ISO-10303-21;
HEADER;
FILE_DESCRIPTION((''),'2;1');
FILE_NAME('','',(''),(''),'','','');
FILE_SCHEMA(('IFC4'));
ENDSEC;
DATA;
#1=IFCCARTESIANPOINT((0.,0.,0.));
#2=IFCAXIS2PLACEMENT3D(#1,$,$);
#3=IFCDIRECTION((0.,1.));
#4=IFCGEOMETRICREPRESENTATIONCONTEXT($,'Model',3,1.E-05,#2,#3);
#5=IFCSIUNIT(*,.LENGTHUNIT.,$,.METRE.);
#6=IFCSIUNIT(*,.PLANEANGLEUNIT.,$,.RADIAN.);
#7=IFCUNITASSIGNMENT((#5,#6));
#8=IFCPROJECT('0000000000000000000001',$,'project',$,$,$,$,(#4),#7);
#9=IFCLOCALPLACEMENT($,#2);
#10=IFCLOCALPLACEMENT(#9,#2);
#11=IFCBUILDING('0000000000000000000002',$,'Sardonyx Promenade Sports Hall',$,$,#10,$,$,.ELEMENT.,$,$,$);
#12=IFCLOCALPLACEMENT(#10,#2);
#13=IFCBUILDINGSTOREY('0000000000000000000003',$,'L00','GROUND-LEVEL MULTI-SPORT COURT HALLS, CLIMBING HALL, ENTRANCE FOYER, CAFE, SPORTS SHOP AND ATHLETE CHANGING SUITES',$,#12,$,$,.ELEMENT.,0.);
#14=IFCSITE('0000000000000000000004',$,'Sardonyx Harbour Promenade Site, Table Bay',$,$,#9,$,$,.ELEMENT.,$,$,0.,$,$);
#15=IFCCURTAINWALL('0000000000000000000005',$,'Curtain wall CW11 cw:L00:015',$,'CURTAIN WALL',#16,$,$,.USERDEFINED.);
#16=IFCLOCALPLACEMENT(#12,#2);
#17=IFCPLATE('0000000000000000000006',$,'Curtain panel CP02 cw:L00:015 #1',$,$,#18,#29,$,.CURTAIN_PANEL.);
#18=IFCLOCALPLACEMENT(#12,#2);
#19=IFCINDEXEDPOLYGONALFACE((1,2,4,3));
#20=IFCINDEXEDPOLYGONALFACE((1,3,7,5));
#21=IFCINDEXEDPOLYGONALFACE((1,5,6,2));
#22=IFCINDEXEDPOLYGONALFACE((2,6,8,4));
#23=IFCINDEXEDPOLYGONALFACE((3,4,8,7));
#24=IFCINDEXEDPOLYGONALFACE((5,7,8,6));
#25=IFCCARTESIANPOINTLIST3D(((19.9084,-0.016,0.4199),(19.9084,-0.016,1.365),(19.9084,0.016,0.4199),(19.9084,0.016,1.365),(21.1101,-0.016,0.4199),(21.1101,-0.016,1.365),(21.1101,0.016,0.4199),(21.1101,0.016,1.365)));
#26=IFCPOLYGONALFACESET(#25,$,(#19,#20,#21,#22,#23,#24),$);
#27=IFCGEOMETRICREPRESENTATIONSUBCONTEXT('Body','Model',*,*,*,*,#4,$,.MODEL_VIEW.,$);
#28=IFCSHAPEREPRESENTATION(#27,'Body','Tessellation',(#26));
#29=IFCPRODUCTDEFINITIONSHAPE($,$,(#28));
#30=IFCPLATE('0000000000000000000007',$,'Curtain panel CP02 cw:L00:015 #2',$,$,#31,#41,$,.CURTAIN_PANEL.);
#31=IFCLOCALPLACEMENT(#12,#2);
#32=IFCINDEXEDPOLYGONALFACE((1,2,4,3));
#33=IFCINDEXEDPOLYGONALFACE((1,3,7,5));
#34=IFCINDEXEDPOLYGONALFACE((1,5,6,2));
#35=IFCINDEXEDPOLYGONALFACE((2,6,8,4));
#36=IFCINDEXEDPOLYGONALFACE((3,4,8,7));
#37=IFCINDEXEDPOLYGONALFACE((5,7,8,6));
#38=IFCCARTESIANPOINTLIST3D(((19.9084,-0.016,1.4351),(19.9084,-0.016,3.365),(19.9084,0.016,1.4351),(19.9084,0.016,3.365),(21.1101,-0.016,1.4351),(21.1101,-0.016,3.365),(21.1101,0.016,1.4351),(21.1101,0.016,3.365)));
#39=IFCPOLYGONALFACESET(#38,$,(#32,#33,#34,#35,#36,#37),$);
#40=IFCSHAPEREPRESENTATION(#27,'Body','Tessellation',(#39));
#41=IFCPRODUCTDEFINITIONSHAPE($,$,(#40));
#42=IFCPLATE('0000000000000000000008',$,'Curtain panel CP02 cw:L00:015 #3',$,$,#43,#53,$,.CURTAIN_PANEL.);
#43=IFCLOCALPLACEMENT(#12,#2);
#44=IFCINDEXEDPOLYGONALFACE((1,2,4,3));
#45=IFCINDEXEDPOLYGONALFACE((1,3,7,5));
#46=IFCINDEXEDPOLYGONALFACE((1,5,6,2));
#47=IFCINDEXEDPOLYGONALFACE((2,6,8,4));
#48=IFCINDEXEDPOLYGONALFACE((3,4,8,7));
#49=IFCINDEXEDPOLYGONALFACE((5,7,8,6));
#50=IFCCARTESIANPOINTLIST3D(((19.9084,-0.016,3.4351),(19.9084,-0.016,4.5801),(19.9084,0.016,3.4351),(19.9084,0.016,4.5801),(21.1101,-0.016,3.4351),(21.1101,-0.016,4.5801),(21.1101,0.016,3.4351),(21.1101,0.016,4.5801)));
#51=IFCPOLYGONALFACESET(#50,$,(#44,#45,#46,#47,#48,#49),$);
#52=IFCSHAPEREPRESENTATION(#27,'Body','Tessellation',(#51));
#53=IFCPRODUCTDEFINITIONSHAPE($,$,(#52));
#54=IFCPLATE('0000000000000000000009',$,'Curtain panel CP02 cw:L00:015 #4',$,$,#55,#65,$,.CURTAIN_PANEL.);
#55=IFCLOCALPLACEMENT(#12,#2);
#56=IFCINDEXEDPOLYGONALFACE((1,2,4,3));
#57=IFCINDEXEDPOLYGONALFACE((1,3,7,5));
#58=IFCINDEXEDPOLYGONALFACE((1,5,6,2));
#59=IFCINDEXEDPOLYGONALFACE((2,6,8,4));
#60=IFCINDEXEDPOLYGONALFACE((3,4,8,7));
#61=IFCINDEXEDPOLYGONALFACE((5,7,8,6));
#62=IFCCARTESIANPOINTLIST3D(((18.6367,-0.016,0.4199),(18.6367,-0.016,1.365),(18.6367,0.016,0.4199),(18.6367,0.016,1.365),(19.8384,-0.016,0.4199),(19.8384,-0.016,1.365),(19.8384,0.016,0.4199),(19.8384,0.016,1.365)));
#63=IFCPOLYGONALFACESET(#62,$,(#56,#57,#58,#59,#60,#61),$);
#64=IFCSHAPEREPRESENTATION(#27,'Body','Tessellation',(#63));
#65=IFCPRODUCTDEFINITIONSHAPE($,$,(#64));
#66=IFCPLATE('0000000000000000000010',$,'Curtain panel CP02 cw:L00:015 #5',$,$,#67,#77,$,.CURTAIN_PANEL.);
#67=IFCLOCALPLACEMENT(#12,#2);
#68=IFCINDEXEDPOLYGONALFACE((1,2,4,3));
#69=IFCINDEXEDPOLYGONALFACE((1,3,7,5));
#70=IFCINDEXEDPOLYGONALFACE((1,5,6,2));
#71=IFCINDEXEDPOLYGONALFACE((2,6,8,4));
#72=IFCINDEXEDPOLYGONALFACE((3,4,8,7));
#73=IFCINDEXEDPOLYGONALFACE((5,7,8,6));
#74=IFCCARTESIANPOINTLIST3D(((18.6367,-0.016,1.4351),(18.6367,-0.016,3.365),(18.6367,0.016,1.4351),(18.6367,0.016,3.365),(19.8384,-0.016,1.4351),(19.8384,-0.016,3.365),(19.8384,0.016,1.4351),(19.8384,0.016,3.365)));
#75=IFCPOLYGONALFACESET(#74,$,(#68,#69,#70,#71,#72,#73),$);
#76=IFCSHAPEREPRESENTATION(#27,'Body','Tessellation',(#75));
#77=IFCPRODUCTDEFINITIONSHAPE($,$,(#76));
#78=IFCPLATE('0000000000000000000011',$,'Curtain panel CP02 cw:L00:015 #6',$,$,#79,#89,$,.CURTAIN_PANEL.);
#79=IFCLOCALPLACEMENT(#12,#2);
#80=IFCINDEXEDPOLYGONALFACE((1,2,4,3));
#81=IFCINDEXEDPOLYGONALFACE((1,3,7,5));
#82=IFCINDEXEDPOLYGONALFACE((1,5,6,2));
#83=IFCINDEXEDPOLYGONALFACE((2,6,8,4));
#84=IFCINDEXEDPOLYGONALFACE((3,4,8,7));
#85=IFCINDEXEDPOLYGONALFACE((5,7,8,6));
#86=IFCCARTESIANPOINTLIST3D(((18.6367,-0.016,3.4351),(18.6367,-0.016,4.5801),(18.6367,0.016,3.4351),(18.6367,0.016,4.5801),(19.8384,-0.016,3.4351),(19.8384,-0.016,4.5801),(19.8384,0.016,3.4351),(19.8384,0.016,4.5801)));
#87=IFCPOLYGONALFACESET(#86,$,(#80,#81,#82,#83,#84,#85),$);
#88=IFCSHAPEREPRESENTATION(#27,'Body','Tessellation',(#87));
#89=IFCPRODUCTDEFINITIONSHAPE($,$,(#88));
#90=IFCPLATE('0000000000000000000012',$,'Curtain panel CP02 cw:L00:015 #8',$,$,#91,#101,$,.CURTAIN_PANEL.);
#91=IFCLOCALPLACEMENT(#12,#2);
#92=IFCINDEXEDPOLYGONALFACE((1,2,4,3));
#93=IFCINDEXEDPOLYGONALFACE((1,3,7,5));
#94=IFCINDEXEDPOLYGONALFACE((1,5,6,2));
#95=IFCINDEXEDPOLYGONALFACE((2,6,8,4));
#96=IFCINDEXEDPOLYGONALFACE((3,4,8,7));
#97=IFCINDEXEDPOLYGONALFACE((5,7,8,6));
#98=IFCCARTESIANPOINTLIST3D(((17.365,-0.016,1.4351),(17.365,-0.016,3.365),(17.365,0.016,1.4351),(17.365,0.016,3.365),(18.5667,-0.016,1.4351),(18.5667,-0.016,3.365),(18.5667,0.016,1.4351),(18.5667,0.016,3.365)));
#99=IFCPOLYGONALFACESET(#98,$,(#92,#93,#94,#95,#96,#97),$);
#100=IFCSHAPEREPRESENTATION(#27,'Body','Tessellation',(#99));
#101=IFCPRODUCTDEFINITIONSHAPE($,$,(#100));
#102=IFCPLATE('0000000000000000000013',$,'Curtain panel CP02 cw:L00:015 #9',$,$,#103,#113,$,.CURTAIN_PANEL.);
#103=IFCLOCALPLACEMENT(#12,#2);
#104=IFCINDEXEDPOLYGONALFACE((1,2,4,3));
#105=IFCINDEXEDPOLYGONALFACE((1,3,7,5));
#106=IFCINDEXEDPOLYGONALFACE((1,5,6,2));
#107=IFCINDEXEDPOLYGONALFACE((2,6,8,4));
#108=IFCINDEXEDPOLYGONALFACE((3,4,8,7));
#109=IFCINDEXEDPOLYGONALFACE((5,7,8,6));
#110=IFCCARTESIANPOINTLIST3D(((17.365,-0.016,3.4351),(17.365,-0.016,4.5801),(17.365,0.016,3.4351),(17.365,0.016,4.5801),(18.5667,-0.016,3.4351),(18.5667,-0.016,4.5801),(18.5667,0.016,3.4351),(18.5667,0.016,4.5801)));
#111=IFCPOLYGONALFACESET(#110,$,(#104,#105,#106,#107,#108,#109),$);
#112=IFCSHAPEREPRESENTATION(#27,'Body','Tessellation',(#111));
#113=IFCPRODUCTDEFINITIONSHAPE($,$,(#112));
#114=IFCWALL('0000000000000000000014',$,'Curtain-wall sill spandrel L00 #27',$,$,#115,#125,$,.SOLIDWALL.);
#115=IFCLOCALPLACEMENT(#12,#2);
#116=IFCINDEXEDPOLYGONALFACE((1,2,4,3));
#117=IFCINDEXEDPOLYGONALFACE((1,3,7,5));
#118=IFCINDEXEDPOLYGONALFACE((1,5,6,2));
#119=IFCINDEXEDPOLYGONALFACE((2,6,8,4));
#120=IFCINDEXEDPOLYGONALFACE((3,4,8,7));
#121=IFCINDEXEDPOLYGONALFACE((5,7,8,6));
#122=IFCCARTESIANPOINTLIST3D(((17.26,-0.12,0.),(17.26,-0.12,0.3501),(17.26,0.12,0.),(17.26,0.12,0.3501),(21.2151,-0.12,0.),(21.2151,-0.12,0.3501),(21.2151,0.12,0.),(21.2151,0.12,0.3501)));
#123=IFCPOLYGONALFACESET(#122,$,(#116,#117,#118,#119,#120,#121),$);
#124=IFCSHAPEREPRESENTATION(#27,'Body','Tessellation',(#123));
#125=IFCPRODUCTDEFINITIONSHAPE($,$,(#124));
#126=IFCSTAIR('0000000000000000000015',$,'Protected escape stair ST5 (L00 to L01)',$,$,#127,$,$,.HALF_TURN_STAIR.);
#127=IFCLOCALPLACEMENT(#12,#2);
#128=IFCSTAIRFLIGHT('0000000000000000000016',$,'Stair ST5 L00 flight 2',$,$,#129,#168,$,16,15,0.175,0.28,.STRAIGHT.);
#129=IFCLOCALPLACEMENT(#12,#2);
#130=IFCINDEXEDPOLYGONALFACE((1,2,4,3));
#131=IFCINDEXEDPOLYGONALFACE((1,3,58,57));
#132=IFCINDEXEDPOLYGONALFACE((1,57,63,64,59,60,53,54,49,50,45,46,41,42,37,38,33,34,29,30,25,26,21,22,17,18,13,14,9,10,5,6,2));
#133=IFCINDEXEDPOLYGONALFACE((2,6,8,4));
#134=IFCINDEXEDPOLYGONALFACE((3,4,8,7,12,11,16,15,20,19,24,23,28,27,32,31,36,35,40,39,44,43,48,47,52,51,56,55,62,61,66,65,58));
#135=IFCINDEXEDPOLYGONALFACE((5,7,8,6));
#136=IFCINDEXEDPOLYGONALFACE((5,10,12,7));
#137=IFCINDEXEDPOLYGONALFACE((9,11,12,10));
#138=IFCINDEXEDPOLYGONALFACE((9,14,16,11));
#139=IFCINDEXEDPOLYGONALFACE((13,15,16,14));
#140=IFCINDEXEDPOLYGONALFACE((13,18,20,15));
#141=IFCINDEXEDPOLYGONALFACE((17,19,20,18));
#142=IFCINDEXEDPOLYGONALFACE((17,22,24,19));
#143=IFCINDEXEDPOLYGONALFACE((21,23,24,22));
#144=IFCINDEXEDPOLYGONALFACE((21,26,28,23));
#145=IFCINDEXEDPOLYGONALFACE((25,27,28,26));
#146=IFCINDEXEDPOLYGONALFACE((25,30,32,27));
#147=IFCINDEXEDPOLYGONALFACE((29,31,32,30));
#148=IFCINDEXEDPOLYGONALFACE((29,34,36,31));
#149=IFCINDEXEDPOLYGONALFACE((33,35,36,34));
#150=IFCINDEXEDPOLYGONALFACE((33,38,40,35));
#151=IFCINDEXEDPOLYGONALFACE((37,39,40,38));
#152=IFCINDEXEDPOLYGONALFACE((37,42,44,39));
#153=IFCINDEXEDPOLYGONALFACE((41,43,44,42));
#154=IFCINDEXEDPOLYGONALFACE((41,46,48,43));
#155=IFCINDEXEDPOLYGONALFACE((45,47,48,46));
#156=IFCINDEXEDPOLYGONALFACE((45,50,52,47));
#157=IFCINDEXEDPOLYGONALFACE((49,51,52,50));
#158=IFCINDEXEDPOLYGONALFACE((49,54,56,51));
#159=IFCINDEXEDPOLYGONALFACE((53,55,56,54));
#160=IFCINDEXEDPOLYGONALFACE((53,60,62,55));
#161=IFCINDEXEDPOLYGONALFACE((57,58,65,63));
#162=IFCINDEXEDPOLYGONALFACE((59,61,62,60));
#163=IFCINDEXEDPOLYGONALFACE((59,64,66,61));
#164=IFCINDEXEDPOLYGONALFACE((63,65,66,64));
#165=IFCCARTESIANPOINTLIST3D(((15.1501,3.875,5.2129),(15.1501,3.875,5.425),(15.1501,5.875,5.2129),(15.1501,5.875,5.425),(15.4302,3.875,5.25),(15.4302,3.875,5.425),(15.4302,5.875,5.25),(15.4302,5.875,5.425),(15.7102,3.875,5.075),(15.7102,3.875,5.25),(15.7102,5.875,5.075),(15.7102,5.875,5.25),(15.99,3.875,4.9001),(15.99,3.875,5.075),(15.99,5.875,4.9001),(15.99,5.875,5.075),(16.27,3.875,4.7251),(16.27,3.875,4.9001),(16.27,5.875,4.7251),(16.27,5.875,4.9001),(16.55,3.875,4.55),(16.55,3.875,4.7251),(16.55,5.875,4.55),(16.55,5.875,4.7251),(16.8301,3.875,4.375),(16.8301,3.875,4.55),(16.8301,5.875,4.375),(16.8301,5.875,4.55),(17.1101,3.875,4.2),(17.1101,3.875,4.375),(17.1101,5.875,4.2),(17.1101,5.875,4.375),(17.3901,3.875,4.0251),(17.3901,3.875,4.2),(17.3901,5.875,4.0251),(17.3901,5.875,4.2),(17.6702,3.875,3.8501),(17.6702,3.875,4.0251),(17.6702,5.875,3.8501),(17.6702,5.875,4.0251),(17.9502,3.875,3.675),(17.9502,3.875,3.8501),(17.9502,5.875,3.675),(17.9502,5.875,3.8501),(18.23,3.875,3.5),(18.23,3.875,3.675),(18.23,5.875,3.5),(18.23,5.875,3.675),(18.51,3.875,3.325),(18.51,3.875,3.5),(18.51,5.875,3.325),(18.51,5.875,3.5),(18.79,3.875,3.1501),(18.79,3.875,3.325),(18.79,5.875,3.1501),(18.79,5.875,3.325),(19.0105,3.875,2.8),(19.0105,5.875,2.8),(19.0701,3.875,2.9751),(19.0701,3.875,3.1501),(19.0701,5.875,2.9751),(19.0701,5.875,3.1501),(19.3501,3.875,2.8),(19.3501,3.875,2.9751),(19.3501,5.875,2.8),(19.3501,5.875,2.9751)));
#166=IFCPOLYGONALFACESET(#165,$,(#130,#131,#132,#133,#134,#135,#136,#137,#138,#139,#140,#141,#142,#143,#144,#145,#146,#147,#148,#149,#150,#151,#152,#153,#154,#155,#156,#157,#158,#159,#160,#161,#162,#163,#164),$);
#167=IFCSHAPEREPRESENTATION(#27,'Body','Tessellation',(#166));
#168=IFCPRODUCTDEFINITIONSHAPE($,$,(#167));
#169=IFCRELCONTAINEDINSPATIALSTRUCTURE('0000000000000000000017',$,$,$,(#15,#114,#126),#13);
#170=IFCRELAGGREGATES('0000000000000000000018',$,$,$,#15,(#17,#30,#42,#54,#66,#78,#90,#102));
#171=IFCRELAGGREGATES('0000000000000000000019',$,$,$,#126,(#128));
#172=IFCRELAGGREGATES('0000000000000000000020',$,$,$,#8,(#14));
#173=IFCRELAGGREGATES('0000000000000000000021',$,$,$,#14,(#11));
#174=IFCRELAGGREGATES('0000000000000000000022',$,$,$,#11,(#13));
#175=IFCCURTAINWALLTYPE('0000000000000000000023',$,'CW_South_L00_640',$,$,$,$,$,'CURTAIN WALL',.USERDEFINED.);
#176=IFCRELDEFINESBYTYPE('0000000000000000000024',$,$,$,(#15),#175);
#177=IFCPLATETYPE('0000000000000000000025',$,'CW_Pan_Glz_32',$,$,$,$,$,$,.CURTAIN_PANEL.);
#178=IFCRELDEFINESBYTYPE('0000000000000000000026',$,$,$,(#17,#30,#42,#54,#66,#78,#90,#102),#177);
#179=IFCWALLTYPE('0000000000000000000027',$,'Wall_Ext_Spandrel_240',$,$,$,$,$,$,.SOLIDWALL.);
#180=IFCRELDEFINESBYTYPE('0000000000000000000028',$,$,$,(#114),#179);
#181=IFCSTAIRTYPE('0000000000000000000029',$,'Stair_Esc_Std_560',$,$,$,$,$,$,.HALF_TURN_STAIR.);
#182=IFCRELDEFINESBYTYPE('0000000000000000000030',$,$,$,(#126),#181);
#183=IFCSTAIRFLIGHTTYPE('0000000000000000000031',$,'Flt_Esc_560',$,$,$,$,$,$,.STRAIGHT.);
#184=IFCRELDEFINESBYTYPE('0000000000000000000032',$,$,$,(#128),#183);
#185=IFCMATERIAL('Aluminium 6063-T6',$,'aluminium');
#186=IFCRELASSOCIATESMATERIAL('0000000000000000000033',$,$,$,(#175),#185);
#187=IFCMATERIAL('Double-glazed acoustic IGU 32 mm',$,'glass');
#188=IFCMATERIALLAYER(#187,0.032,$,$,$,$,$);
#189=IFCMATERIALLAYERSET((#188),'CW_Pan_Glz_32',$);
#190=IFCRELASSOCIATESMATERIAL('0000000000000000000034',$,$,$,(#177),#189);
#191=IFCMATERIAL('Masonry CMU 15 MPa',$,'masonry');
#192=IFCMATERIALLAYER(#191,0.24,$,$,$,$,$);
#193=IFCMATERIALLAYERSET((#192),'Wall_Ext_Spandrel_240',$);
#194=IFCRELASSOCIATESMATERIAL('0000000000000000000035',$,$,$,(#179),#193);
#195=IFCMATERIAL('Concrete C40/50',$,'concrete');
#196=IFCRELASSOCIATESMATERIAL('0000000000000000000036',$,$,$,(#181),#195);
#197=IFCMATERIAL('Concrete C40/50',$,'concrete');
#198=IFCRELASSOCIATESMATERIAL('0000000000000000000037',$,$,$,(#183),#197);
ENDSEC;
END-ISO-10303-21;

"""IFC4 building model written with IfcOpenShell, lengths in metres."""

from ifc_helpers import new_model, si_unit, direction, frame, frame_2d, origin, origin_2d, place, context, subcontext, project, spatial, polyline, rectangle, outline, extrude, material, layer, layer_set, type_object, element, aggregate, save


model = new_model("IFC4")

# Units and contexts
model_context = context("Model", 3, precision=1e-05, world=origin(), true_north=direction((0.0, 1.0)))
body_context = subcontext(model_context, "Body", "Model", "MODEL_VIEW")
ifc_project = project(units=[si_unit("LENGTHUNIT", "METRE"), si_unit("PLANEANGLEUNIT", "RADIAN")], contexts=[model_context])

# Site, building, storey
site_placement = place(None, origin())
site = spatial("IfcSite", under=ifc_project, at=site_placement, Name="Sardonyx Harbour Promenade Site, Table Bay", CompositionType="ELEMENT", RefElevation=0.0)
building_placement = place(site_placement, origin())
building = spatial("IfcBuilding", under=site, at=building_placement, Name="Sardonyx Promenade Sports Hall", CompositionType="ELEMENT")
storey_placement = place(building_placement, origin())
storey = spatial("IfcBuildingStorey", under=building, at=storey_placement, Name="L00", Description="GROUND-LEVEL MULTI-SPORT COURT HALLS, CLIMBING HALL, ENTRANCE FOYER, CAFE, SPORTS SHOP AND ATHLETE CHANGING SUITES", CompositionType="ELEMENT", Elevation=0.0)

# Curtain wall, plates
ifc_material_1 = material(Name="Aluminium 6063-T6", Category="aluminium")
curtain_wall_type = type_object("IfcCurtainWallType", Name="CW_South_L00_640", ElementType="CURTAIN WALL", PredefinedType="USERDEFINED", material=ifc_material_1)
curtain_wall_placement = place(storey_placement, origin())
curtain_wall = element("IfcCurtainWall", 1, at=curtain_wall_placement, inside=storey, type_object=curtain_wall_type, Name="Curtain wall CW11 cw:L00:015", ObjectType="CURTAIN WALL", PredefinedType="USERDEFINED")
ifc_material_2 = material(Name="Double-glazed acoustic IGU 32 mm", Category="glass")
ifc_layer_1 = layer(ifc_material_2, 0.032)
ifc_layer_set_1 = layer_set([ifc_layer_1], Name="CW_Pan_Glz_32")
plate_type = type_object("IfcPlateType", Name="CW_Pan_Glz_32", PredefinedType="CURTAIN_PANEL", material=ifc_layer_set_1)
plate_1_placement = place(storey_placement, frame((20.5093, 0.0, 0.4199), z_axis=(0.0, 0.0, 1.0), x_axis=(-1.0, 0.0, 0.0)))
plate_1 = element("IfcPlate", 2, at=plate_1_placement, type_object=plate_type, Name="Curtain panel CP02 cw:L00:015 #1", PredefinedType="CURTAIN_PANEL", context=body_context, shape_type="SweptSolid", body=[
    extrude(rectangle(XDim=1.2017, YDim=0.032, at=origin_2d()), origin(), (0.0, 0.0, 1.0), 0.9451),
])
plate_2_placement = place(storey_placement, frame((20.5093, 0.0, 1.4351), z_axis=(0.0, 0.0, 1.0), x_axis=(-1.0, 0.0, 0.0)))
plate_2 = element("IfcPlate", 3, at=plate_2_placement, type_object=plate_type, Name="Curtain panel CP02 cw:L00:015 #2", PredefinedType="CURTAIN_PANEL", context=body_context, shape_type="SweptSolid", body=[
    extrude(rectangle(XDim=1.2017, YDim=0.032, at=origin_2d()), origin(), (0.0, 0.0, 1.0), 1.9299),
])
plate_3_placement = place(storey_placement, frame((20.5093, 0.0, 3.4351), z_axis=(0.0, 0.0, 1.0), x_axis=(-1.0, 0.0, 0.0)))
plate_3 = element("IfcPlate", 4, at=plate_3_placement, type_object=plate_type, Name="Curtain panel CP02 cw:L00:015 #3", PredefinedType="CURTAIN_PANEL", context=body_context, shape_type="SweptSolid", body=[
    extrude(rectangle(XDim=1.2017, YDim=0.032, at=origin_2d()), origin(), (0.0, 0.0, 1.0), 1.145),
])
plate_4_placement = place(storey_placement, frame((19.2375, 0.0, 0.4199), z_axis=(0.0, 0.0, 1.0), x_axis=(-1.0, 0.0, 0.0)))
plate_4 = element("IfcPlate", 5, at=plate_4_placement, type_object=plate_type, Name="Curtain panel CP02 cw:L00:015 #4", PredefinedType="CURTAIN_PANEL", context=body_context, shape_type="SweptSolid", body=[
    extrude(rectangle(XDim=1.2017, YDim=0.032, at=origin_2d()), origin(), (0.0, 0.0, 1.0), 0.9451),
])
plate_5_placement = place(storey_placement, frame((19.2375, 0.0, 1.4351), z_axis=(0.0, 0.0, 1.0), x_axis=(-1.0, 0.0, 0.0)))
plate_5 = element("IfcPlate", 6, at=plate_5_placement, type_object=plate_type, Name="Curtain panel CP02 cw:L00:015 #5", PredefinedType="CURTAIN_PANEL", context=body_context, shape_type="SweptSolid", body=[
    extrude(rectangle(XDim=1.2017, YDim=0.032, at=origin_2d()), origin(), (0.0, 0.0, 1.0), 1.9299),
])
plate_6_placement = place(storey_placement, frame((19.2375, 0.0, 3.4351), z_axis=(0.0, 0.0, 1.0), x_axis=(-1.0, 0.0, 0.0)))
plate_6 = element("IfcPlate", 7, at=plate_6_placement, type_object=plate_type, Name="Curtain panel CP02 cw:L00:015 #6", PredefinedType="CURTAIN_PANEL", context=body_context, shape_type="SweptSolid", body=[
    extrude(rectangle(XDim=1.2017, YDim=0.032, at=origin_2d()), origin(), (0.0, 0.0, 1.0), 1.145),
])
plate_7_placement = place(storey_placement, frame((17.9658, 0.0, 1.4351), z_axis=(0.0, 0.0, 1.0), x_axis=(-1.0, 0.0, 0.0)))
plate_7 = element("IfcPlate", 8, at=plate_7_placement, type_object=plate_type, Name="Curtain panel CP02 cw:L00:015 #8", PredefinedType="CURTAIN_PANEL", context=body_context, shape_type="SweptSolid", body=[
    extrude(rectangle(XDim=1.2017, YDim=0.032, at=origin_2d()), origin(), (0.0, 0.0, 1.0), 1.9299),
])
plate_8_placement = place(storey_placement, frame((17.9658, 0.0, 3.4351), z_axis=(0.0, 0.0, 1.0), x_axis=(-1.0, 0.0, 0.0)))
plate_8 = element("IfcPlate", 9, at=plate_8_placement, type_object=plate_type, Name="Curtain panel CP02 cw:L00:015 #9", PredefinedType="CURTAIN_PANEL", context=body_context, shape_type="SweptSolid", body=[
    extrude(rectangle(XDim=1.2017, YDim=0.032, at=origin_2d()), origin(), (0.0, 0.0, 1.0), 1.145),
])
aggregate(curtain_wall, [plate_1, plate_2, plate_3, plate_4, plate_5, plate_6, plate_7, plate_8])

# Wall
ifc_material_3 = material(Name="Masonry CMU 15 MPa", Category="masonry")
ifc_layer_2 = layer(ifc_material_3, 0.24)
ifc_layer_set_2 = layer_set([ifc_layer_2], Name="Wall_Ext_Spandrel_240")
wall_type = type_object("IfcWallType", Name="Wall_Ext_Spandrel_240", PredefinedType="SOLIDWALL", material=ifc_layer_set_2)
wall_placement = place(storey_placement, frame((21.2151, 0.0, 0.0), z_axis=(0.0, 0.0, 1.0), x_axis=(-1.0, 0.0, 0.0)))
element("IfcWall", 10, at=wall_placement, inside=storey, type_object=wall_type, Name="Curtain-wall sill spandrel L00 #27", PredefinedType="SOLIDWALL", context=body_context, shape_type="SweptSolid", body=[
    extrude(rectangle(XDim=3.9551, YDim=0.24, at=frame_2d((1.9775, 0.0))), origin(), (0.0, 0.0, 1.0), 0.3501),
])

# Stair, stair flight
ifc_material_4 = material(Name="Concrete C40/50", Category="concrete")
stair_type = type_object("IfcStairType", Name="Stair_Esc_Std_560", PredefinedType="HALF_TURN_STAIR", material=ifc_material_4)
stair_placement = place(storey_placement, origin())
stair = element("IfcStair", 11, at=stair_placement, inside=storey, type_object=stair_type, Name="Protected escape stair ST5 (L00 to L01)", PredefinedType="HALF_TURN_STAIR")
ifc_material_5 = material(Name="Concrete C40/50", Category="concrete")
stair_flight_type = type_object("IfcStairFlightType", Name="Flt_Esc_560", PredefinedType="STRAIGHT", material=ifc_material_5)
stair_flight_placement = place(storey_placement, frame((19.3501, 4.875, 2.8), z_axis=(0.0, 0.0, 1.0), x_axis=(-1.0, 0.0, 0.0)))
stair_flight = element("IfcStairFlight", 12, at=stair_flight_placement, type_object=stair_flight_type, Name="Stair ST5 L00 flight 2", NumberOfRisers=16, NumberOfTreads=15, PredefinedType="STRAIGHT", RiserHeight=0.175, TreadLength=0.28, context=body_context, shape_type="SweptSolid", body=[
    extrude(outline(polyline([(0.0, 0.0), (0.0, 0.175), (0.28, 0.175), (0.28, 0.3501), (0.5601, 0.3501), (0.5601, 0.5249), (0.8401, 0.5249), (0.8401, 0.7), (1.1201, 0.7), (1.1201, 0.875), (1.3999, 0.875), (1.3999, 1.05), (1.6799, 1.05), (1.6799, 1.2251), (1.96, 1.2251), (1.96, 1.3999), (2.24, 1.3999), (2.24, 1.575), (2.52, 1.575), (2.52, 1.75), (2.8, 1.75), (2.8, 1.925), (3.0801, 1.925), (3.0801, 2.1001), (3.3601, 2.1001), (3.3601, 2.2749), (3.6399, 2.2749), (3.6399, 2.45), (3.9199, 2.45), (3.9199, 2.625), (4.2, 2.625), (4.2, 2.8), (4.2, 2.4128), (0.3396, 0.0), (0.0, 0.0)])), frame((0.0, 1.0, 0.0), z_axis=(0.0, -1.0, 0.0), x_axis=(1.0, 0.0, 0.0)), (0.0, 0.0, 1.0), 2.0),
])
aggregate(stair, [stair_flight])

save(model, "model.ifc")
